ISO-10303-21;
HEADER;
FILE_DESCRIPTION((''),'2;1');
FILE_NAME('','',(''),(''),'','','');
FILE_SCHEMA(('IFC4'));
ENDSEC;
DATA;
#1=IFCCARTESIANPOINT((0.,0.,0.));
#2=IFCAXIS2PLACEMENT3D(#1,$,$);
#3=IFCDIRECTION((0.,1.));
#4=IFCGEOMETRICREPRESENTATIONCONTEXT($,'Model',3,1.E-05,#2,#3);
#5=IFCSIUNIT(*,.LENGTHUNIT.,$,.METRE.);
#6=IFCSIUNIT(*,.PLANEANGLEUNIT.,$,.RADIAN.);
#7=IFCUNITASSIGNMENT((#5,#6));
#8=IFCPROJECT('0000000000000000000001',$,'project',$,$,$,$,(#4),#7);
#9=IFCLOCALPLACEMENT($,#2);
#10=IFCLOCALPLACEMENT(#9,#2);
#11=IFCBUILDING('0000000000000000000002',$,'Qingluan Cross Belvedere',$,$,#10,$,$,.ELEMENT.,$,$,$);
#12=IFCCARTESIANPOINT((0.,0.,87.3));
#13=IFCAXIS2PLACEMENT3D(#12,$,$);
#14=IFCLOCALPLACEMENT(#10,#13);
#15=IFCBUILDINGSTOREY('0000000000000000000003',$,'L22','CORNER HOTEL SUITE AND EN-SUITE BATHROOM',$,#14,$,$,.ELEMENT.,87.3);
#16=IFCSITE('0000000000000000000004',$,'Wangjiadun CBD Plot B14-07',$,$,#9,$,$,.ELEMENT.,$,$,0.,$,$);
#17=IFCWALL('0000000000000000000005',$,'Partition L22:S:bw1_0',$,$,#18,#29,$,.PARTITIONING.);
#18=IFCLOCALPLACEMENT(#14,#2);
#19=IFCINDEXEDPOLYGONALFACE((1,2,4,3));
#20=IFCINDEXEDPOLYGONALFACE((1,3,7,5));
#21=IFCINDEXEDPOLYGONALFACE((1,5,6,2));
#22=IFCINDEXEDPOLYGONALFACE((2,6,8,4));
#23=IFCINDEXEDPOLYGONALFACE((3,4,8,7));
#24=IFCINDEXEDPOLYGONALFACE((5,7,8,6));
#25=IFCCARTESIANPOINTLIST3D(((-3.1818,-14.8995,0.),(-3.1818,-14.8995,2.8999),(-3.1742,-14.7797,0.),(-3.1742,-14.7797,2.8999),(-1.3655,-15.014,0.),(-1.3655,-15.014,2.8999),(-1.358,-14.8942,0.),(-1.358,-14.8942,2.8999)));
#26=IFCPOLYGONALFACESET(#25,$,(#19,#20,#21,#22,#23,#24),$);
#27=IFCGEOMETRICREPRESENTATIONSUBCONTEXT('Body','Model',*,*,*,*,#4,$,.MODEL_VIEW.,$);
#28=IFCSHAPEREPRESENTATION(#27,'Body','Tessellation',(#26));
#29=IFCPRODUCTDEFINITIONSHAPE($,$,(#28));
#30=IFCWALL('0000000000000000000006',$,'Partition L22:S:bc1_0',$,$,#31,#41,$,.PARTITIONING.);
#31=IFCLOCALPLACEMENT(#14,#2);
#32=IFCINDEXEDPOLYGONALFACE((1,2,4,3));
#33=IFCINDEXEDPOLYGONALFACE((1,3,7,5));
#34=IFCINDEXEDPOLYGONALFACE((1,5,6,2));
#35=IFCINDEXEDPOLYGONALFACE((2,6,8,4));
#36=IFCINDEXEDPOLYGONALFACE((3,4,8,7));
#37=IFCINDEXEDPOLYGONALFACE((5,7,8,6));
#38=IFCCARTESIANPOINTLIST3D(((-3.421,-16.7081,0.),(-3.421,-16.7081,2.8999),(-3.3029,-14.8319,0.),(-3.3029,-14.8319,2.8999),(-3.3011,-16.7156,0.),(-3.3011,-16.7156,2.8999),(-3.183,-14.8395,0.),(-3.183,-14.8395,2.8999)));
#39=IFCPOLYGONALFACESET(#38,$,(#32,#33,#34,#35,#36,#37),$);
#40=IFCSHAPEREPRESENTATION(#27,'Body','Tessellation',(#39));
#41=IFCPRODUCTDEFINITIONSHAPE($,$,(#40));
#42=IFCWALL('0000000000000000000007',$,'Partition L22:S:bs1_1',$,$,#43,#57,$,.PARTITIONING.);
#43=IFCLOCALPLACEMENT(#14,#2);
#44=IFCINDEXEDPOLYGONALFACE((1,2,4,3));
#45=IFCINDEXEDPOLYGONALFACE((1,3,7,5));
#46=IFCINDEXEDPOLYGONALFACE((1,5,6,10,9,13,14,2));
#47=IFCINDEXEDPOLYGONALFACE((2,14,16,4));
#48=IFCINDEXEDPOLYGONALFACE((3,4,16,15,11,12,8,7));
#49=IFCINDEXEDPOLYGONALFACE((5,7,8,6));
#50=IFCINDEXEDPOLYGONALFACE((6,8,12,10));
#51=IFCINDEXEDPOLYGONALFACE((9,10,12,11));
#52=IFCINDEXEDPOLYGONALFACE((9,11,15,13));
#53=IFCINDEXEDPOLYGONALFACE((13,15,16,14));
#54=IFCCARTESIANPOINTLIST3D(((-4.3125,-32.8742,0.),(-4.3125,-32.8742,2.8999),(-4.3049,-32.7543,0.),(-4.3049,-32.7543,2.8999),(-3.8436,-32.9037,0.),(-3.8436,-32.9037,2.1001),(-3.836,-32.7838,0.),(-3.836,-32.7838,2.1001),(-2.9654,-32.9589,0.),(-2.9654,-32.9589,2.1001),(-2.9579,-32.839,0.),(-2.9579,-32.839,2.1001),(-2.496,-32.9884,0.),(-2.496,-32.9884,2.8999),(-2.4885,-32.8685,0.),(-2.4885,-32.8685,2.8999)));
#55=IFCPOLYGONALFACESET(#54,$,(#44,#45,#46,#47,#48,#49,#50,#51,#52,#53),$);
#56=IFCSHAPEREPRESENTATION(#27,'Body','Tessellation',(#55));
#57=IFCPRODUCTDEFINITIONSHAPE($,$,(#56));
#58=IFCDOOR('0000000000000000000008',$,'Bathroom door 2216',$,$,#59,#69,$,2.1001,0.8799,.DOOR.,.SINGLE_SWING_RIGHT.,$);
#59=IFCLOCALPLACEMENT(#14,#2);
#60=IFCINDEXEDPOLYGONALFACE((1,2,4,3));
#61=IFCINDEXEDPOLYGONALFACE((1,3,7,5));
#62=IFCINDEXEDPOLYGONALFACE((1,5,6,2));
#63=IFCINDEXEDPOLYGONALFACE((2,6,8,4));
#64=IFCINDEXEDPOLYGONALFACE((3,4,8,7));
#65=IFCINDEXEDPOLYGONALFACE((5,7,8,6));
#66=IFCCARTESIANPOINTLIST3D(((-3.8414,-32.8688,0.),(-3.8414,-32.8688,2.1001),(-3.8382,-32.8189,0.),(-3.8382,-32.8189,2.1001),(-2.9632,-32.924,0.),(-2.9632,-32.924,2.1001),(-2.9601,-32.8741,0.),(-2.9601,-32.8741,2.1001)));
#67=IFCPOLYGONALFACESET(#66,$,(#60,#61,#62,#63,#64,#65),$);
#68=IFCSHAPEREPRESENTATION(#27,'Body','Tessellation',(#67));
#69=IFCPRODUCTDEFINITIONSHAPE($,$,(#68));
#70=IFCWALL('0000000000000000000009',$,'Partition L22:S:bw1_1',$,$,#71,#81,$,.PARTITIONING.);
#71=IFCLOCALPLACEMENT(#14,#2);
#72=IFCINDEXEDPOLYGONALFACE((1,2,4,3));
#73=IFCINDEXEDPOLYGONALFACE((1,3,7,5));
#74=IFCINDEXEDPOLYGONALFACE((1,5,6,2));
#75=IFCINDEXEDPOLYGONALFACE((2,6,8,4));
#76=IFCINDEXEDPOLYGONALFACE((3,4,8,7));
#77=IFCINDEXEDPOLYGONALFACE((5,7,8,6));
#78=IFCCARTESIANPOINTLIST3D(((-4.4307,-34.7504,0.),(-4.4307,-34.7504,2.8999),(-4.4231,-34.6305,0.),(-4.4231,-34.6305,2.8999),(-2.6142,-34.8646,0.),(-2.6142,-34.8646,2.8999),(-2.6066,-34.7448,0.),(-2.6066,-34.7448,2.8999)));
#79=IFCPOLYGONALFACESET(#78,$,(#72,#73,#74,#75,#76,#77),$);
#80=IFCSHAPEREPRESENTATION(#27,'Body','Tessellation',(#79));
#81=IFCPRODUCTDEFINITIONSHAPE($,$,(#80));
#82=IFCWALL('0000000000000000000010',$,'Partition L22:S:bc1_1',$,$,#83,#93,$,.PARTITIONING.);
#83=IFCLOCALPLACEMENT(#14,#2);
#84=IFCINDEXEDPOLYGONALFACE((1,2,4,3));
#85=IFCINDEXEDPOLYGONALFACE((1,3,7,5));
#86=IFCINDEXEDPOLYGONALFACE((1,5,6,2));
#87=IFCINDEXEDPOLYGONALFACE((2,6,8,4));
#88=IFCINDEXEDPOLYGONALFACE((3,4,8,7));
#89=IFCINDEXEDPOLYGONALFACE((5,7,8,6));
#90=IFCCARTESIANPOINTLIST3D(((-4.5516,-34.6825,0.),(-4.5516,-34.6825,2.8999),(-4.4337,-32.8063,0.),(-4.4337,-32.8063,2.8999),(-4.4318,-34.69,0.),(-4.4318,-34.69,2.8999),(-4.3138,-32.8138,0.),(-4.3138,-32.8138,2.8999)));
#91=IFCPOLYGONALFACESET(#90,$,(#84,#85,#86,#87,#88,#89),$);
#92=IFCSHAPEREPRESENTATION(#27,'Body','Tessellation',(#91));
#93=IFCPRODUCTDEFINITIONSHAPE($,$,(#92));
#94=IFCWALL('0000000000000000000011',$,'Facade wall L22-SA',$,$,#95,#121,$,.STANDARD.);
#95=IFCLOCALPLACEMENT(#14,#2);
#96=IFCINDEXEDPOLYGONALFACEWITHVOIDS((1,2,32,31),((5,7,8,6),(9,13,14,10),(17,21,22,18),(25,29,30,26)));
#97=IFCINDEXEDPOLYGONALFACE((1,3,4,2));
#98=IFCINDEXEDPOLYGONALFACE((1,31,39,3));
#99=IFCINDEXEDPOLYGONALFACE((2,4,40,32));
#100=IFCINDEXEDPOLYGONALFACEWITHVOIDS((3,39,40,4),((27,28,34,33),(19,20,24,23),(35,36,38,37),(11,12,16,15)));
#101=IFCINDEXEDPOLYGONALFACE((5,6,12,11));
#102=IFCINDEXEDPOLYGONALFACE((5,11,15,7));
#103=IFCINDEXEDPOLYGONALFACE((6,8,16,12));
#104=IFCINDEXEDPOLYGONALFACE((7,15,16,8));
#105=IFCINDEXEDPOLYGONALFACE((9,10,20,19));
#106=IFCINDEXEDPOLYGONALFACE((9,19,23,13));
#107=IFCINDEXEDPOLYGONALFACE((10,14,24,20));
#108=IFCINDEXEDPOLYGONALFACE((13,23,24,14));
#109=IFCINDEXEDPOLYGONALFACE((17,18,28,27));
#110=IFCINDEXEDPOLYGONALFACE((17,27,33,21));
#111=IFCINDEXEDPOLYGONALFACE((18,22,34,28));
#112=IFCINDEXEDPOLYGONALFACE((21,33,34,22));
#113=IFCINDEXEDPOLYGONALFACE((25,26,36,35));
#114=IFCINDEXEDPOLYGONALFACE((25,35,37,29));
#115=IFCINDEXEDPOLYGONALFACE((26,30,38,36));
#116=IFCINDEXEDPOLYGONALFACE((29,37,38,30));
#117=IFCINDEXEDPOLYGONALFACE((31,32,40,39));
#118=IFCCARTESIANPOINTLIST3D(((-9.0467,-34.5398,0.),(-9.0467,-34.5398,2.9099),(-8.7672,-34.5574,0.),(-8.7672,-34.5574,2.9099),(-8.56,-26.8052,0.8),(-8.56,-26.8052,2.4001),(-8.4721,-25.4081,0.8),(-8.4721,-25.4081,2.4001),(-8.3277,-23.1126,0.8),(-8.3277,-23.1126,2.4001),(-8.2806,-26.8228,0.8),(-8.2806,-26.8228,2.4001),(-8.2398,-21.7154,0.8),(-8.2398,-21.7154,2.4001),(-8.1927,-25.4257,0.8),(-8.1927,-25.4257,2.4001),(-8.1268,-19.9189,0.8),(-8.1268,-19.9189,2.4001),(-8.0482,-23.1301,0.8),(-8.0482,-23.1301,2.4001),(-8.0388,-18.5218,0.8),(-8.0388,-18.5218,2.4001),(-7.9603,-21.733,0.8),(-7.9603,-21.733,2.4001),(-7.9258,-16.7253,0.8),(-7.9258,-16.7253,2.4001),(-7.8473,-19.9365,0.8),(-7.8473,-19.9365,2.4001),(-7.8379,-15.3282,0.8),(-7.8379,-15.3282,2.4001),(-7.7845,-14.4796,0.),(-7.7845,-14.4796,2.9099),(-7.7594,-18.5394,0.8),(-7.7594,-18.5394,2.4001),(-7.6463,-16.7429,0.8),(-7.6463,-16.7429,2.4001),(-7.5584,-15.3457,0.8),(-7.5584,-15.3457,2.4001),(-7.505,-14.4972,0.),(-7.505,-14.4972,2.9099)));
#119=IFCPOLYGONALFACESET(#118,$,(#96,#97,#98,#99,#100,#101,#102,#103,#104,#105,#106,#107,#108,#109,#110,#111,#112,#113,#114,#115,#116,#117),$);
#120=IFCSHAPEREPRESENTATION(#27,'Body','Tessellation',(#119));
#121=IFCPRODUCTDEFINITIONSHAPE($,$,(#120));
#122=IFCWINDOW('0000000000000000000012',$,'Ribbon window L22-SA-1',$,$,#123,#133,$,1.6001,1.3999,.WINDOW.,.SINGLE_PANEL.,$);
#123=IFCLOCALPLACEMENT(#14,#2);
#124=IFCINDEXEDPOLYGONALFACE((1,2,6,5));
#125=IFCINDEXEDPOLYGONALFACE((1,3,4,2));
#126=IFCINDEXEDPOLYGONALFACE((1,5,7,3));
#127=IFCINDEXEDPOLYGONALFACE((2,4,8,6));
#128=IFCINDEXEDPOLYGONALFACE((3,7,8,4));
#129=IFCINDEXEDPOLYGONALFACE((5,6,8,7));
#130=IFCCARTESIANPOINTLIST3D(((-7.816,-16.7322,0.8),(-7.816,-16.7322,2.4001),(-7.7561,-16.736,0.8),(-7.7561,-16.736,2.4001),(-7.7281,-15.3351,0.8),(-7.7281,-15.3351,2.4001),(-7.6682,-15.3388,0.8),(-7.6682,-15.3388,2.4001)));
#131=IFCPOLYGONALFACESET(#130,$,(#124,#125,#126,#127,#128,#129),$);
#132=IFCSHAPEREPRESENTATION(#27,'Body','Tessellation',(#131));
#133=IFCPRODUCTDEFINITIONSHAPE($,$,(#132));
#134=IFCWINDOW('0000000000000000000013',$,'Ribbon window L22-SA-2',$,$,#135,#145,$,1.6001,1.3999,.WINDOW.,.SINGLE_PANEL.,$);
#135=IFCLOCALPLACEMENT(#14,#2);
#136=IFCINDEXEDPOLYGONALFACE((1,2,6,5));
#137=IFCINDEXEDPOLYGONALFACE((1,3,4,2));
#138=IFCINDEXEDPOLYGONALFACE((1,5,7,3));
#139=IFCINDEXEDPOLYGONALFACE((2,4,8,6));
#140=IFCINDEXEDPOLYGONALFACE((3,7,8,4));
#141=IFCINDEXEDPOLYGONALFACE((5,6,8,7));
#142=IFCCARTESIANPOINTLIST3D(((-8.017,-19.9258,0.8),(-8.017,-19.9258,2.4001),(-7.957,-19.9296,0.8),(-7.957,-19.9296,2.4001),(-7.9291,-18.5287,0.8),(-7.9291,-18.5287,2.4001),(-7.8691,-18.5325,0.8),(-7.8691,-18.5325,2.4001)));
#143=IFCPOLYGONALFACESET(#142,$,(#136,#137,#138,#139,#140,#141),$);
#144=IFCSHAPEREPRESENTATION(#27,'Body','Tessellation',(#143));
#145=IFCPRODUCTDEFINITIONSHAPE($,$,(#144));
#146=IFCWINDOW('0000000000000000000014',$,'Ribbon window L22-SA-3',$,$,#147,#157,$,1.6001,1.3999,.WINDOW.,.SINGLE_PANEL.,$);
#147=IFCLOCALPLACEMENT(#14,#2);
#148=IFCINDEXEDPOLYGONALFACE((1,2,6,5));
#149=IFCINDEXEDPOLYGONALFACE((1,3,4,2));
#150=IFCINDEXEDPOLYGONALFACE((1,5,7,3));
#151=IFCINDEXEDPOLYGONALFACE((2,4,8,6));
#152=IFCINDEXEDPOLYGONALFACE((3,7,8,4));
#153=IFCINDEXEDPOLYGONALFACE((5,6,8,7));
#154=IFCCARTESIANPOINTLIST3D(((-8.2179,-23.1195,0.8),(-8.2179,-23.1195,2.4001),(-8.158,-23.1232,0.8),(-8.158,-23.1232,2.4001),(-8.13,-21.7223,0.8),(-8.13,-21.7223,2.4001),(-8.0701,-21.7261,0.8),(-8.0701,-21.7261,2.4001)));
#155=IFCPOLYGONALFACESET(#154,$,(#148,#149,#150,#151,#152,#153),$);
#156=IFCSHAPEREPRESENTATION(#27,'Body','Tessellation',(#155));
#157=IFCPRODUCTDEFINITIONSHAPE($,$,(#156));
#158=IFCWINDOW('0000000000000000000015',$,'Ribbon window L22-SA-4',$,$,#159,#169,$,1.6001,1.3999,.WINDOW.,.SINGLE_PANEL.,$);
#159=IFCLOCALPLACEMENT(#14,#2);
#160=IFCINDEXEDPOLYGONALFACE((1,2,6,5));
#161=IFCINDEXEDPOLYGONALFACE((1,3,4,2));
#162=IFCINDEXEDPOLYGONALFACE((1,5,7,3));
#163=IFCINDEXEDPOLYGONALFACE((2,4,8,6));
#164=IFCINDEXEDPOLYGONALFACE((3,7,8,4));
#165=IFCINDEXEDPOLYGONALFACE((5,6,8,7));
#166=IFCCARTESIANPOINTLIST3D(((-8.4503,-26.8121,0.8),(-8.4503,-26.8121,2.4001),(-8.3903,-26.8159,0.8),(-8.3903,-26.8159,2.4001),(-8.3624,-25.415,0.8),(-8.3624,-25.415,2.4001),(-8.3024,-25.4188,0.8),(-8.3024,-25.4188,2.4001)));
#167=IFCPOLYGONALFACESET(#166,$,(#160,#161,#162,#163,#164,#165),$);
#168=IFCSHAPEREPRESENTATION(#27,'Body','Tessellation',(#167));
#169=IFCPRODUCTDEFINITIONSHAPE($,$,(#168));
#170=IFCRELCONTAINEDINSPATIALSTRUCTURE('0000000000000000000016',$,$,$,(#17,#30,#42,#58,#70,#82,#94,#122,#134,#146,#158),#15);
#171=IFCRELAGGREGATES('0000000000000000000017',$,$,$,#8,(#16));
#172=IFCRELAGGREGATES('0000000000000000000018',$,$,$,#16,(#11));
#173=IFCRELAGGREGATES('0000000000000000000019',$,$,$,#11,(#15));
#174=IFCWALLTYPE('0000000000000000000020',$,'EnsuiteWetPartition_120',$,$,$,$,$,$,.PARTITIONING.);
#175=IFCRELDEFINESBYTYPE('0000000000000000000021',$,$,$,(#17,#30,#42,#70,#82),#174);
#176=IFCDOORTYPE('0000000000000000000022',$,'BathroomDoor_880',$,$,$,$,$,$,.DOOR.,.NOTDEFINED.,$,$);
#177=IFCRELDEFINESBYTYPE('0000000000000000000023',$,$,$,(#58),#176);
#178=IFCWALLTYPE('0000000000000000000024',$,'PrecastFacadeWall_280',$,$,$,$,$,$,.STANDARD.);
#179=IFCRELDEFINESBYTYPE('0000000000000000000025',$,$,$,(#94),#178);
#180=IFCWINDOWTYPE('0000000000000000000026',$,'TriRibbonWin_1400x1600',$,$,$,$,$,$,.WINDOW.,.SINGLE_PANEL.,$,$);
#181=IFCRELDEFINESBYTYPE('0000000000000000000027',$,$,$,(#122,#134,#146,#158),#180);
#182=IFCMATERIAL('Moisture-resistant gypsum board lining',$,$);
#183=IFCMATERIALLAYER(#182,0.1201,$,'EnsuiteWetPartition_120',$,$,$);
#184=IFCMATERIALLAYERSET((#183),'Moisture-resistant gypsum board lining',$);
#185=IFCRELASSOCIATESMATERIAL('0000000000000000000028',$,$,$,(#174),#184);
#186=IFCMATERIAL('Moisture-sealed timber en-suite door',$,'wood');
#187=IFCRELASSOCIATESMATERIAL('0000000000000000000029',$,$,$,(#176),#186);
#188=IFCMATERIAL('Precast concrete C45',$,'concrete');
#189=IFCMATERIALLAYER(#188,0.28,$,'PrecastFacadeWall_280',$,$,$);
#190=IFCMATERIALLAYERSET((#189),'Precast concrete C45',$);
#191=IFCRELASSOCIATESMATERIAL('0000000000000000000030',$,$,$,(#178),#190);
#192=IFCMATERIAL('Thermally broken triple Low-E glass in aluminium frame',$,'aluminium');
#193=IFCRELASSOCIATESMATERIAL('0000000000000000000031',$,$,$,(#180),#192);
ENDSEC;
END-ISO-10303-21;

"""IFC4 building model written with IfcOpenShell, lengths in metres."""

from ifc_helpers import new_model, si_unit, direction, frame, frame_2d, origin, place, context, subcontext, project, spatial, rectangle, extrude, material, layer, layer_set, type_object, element, fill, save


model = new_model("IFC4")

# Units and contexts
model_context = context("Model", 3, precision=1e-05, world=origin(), true_north=direction((0.0, 1.0)))
body_context = subcontext(model_context, "Body", "Model", "MODEL_VIEW")
ifc_project = project(units=[si_unit("LENGTHUNIT", "METRE"), si_unit("PLANEANGLEUNIT", "RADIAN")], contexts=[model_context])

# Site, building, storey
site_placement = place(None, origin())
site = spatial("IfcSite", under=ifc_project, at=site_placement, Name="Wangjiadun CBD Plot B14-07", CompositionType="ELEMENT", RefElevation=0.0)
building_placement = place(site_placement, origin())
building = spatial("IfcBuilding", under=site, at=building_placement, Name="Qingluan Cross Belvedere", CompositionType="ELEMENT")
storey_placement = place(building_placement, frame((0.0, 0.0, 87.3)))
storey = spatial("IfcBuildingStorey", under=building, at=storey_placement, Name="L22", Description="CORNER HOTEL SUITE AND EN-SUITE BATHROOM", CompositionType="ELEMENT", Elevation=87.3)

# Shared definitions
ifc_material_1 = material(Name="Moisture-resistant gypsum board lining")
ifc_layer_1 = layer(ifc_material_1, 0.1201, Name="EnsuiteWetPartition_120")
ifc_layer_set_1 = layer_set([ifc_layer_1], Name="Moisture-resistant gypsum board lining")
wall_type_1 = type_object("IfcWallType", Name="EnsuiteWetPartition_120", PredefinedType="PARTITIONING", material=ifc_layer_set_1)
ifc_material_2 = material(Name="Moisture-sealed timber en-suite door", Category="wood")
door_type_1 = type_object("IfcDoorType", Name="BathroomDoor_880", OperationType="NOTDEFINED", PredefinedType="DOOR", material=ifc_material_2)

# Walls
wall_1_placement = place(storey_placement, frame((-3.178, -14.8396, 0.0), z_axis=(0.0, 0.0, 1.0), x_axis=(0.998018, -0.062921, 0.0)))
element("IfcWall", 1, at=wall_1_placement, inside=storey, type_object=wall_type_1, Name="Partition L22:S:bw1_0", PredefinedType="PARTITIONING", context=body_context, shape_type="SweptSolid", body=[
    extrude(rectangle(XDim=1.8198, YDim=0.1201, at=frame_2d((0.9099, 0.0))), origin(), (0.0, 0.0, 1.0), 2.8999),
])
wall_2_placement = place(storey_placement, frame((-3.2429, -14.8357, 0.0), z_axis=(0.0, 0.0, 1.0), x_axis=(-0.062855, -0.998023, 0.0)))
element("IfcWall", 2, at=wall_2_placement, inside=storey, type_object=wall_type_1, Name="Partition L22:S:bc1_0", PredefinedType="PARTITIONING", context=body_context, shape_type="SweptSolid", body=[
    extrude(rectangle(XDim=1.8799, YDim=0.1201, at=frame_2d((0.9399, 0.0))), origin(), (0.0, 0.0, 1.0), 2.8999),
])

# Wall, opening, door
wall_3_placement = place(storey_placement, frame((-4.3088, -32.8142, 0.0), z_axis=(0.0, 0.0, 1.0), x_axis=(0.998027, -0.062779, 0.0)))
wall_3 = element("IfcWall", 3, at=wall_3_placement, inside=storey, type_object=wall_type_1, Name="Partition L22:S:bs1_1", PredefinedType="PARTITIONING", context=body_context, shape_type="SweptSolid", body=[
    extrude(rectangle(XDim=1.8201, YDim=0.1201, at=frame_2d((0.9102, 0.0))), origin(), (0.0, 0.0, 1.0), 2.8999),
])
opening_1_placement = place(wall_3_placement, frame((0.47, 0.0, 0.0)))
opening_1 = element("IfcOpeningElement", 4, at=opening_1_placement, cuts=wall_3, PredefinedType="OPENING", context=body_context, shape_type="SweptSolid", body=[
    extrude(rectangle(XDim=0.8799, YDim=2.1001, at=frame_2d((0.4399, 1.05))), frame((0.0, 0.0701, 0.0), z_axis=(0.0, -1.0, 0.0), x_axis=(1.0, 0.0, 0.0)), (0.0, 0.0, 1.0), 0.1401),
])
door_1_placement = place(opening_1_placement, origin())
door_1 = element("IfcDoor", 5, at=door_1_placement, inside=storey, type_object=door_type_1, Name="Bathroom door 2216", OperationType="SINGLE_SWING_RIGHT", OverallHeight=2.1001, OverallWidth=0.8799, PredefinedType="DOOR", context=body_context, shape_type="SweptSolid", body=[
    extrude(rectangle(XDim=0.8799, YDim=2.1001, at=frame_2d((0.4399, 1.05))), frame((0.0, 0.0249, 0.0), z_axis=(0.0, -1.0, 0.0), x_axis=(1.0, 0.0, 0.0)), (0.0, 0.0, 1.0), 0.05),
])
fill(opening_1, door_1)

# Walls
wall_4_placement = place(storey_placement, frame((-4.427, -34.6904, 0.0), z_axis=(0.0, 0.0, 1.0), x_axis=(0.998027, -0.062779, 0.0)))
element("IfcWall", 6, at=wall_4_placement, inside=storey, type_object=wall_type_1, Name="Partition L22:S:bw1_1", PredefinedType="PARTITIONING", context=body_context, shape_type="SweptSolid", body=[
    extrude(rectangle(XDim=1.8201, YDim=0.1201, at=frame_2d((0.9102, 0.0))), origin(), (0.0, 0.0, 1.0), 2.8999),
])
wall_5_placement = place(storey_placement, frame((-4.3738, -32.8101, 0.0), z_axis=(0.0, 0.0, 1.0), x_axis=(-0.062726, -0.998031, 0.0)))
element("IfcWall", 7, at=wall_5_placement, inside=storey, type_object=wall_type_1, Name="Partition L22:S:bc1_1", PredefinedType="PARTITIONING", context=body_context, shape_type="SweptSolid", body=[
    extrude(rectangle(XDim=1.8799, YDim=0.1201, at=frame_2d((0.9399, 0.0))), origin(), (0.0, 0.0, 1.0), 2.8999),
])

# Wall, openings, windows
ifc_material_3 = material(Name="Precast concrete C45", Category="concrete")
ifc_layer_2 = layer(ifc_material_3, 0.28, Name="PrecastFacadeWall_280")
ifc_layer_set_2 = layer_set([ifc_layer_2], Name="Precast concrete C45")
wall_type_2 = type_object("IfcWallType", Name="PrecastFacadeWall_280", PredefinedType="STANDARD", material=ifc_layer_set_2)
wall_6_placement = place(storey_placement, frame((-7.6448, -14.4885, 0.0), z_axis=(0.0, 0.0, 1.0), x_axis=(-0.062796, -0.998026, 0.0)))
wall_6 = element("IfcWall", 8, at=wall_6_placement, inside=storey, type_object=wall_type_2, Name="Facade wall L22-SA", PredefinedType="STANDARD", context=body_context, shape_type="SweptSolid", body=[
    extrude(rectangle(XDim=20.0999, YDim=0.28, at=frame_2d((10.0498, 0.0))), origin(), (0.0, 0.0, 1.0), 2.9099),
])
opening_2_placement = place(wall_6_placement, frame((0.8501, 0.0, 0.8)))
opening_2 = element("IfcOpeningElement", 9, at=opening_2_placement, cuts=wall_6, PredefinedType="OPENING", context=body_context, shape_type="SweptSolid", body=[
    extrude(rectangle(XDim=1.3999, YDim=1.6001, at=frame_2d((0.7, 0.8))), frame((0.0, 0.1499, 0.0), z_axis=(0.0, -1.0, 0.0), x_axis=(1.0, 0.0, 0.0)), (0.0, 0.0, 1.0), 0.3),
])
opening_3_placement = place(wall_6_placement, frame((4.05, 0.0, 0.8)))
opening_3 = element("IfcOpeningElement", 10, at=opening_3_placement, cuts=wall_6, PredefinedType="OPENING", context=body_context, shape_type="SweptSolid", body=[
    extrude(rectangle(XDim=1.3999, YDim=1.6001, at=frame_2d((0.7, 0.8))), frame((0.0, 0.1499, 0.0), z_axis=(0.0, -1.0, 0.0), x_axis=(1.0, 0.0, 0.0)), (0.0, 0.0, 1.0), 0.3),
])
opening_4_placement = place(wall_6_placement, frame((7.25, 0.0, 0.8)))
opening_4 = element("IfcOpeningElement", 11, at=opening_4_placement, cuts=wall_6, PredefinedType="OPENING", context=body_context, shape_type="SweptSolid", body=[
    extrude(rectangle(XDim=1.3999, YDim=1.6001, at=frame_2d((0.7, 0.8))), frame((0.0, 0.1499, 0.0), z_axis=(0.0, -1.0, 0.0), x_axis=(1.0, 0.0, 0.0)), (0.0, 0.0, 1.0), 0.3),
])
opening_5_placement = place(wall_6_placement, frame((10.95, 0.0, 0.8)))
opening_5 = element("IfcOpeningElement", 12, at=opening_5_placement, cuts=wall_6, PredefinedType="OPENING", context=body_context, shape_type="SweptSolid", body=[
    extrude(rectangle(XDim=1.3999, YDim=1.6001, at=frame_2d((0.7, 0.8))), frame((0.0, 0.1499, 0.0), z_axis=(0.0, -1.0, 0.0), x_axis=(1.0, 0.0, 0.0)), (0.0, 0.0, 1.0), 0.3),
])
ifc_material_4 = material(Name="Thermally broken triple Low-E glass in aluminium frame", Category="aluminium")
window_type_1 = type_object("IfcWindowType", Name="TriRibbonWin_1400x1600", PartitioningType="SINGLE_PANEL", PredefinedType="WINDOW", material=ifc_material_4)
window_1_placement = place(opening_2_placement, origin())
window_1 = element("IfcWindow", 13, at=window_1_placement, inside=storey, type_object=window_type_1, Name="Ribbon window L22-SA-1", OverallHeight=1.6001, OverallWidth=1.3999, PartitioningType="SINGLE_PANEL", PredefinedType="WINDOW", context=body_context, shape_type="SweptSolid", body=[
    extrude(rectangle(XDim=1.3999, YDim=1.6001, at=frame_2d((0.7, 0.8))), frame((0.0, 0.03, 0.0), z_axis=(0.0, -1.0, 0.0), x_axis=(1.0, 0.0, 0.0)), (0.0, 0.0, 1.0), 0.0601),
])
fill(opening_2, window_1)
window_2_placement = place(opening_3_placement, origin())
window_2 = element("IfcWindow", 14, at=window_2_placement, inside=storey, type_object=window_type_1, Name="Ribbon window L22-SA-2", OverallHeight=1.6001, OverallWidth=1.3999, PartitioningType="SINGLE_PANEL", PredefinedType="WINDOW", context=body_context, shape_type="SweptSolid", body=[
    extrude(rectangle(XDim=1.3999, YDim=1.6001, at=frame_2d((0.7, 0.8))), frame((0.0, 0.03, 0.0), z_axis=(0.0, -1.0, 0.0), x_axis=(1.0, 0.0, 0.0)), (0.0, 0.0, 1.0), 0.0601),
])
fill(opening_3, window_2)
window_3_placement = place(opening_4_placement, origin())
window_3 = element("IfcWindow", 15, at=window_3_placement, inside=storey, type_object=window_type_1, Name="Ribbon window L22-SA-3", OverallHeight=1.6001, OverallWidth=1.3999, PartitioningType="SINGLE_PANEL", PredefinedType="WINDOW", context=body_context, shape_type="SweptSolid", body=[
    extrude(rectangle(XDim=1.3999, YDim=1.6001, at=frame_2d((0.7, 0.8))), frame((0.0, 0.03, 0.0), z_axis=(0.0, -1.0, 0.0), x_axis=(1.0, 0.0, 0.0)), (0.0, 0.0, 1.0), 0.0601),
])
fill(opening_4, window_3)
window_4_placement = place(opening_5_placement, origin())
window_4 = element("IfcWindow", 16, at=window_4_placement, inside=storey, type_object=window_type_1, Name="Ribbon window L22-SA-4", OverallHeight=1.6001, OverallWidth=1.3999, PartitioningType="SINGLE_PANEL", PredefinedType="WINDOW", context=body_context, shape_type="SweptSolid", body=[
    extrude(rectangle(XDim=1.3999, YDim=1.6001, at=frame_2d((0.7, 0.8))), frame((0.0, 0.03, 0.0), z_axis=(0.0, -1.0, 0.0), x_axis=(1.0, 0.0, 0.0)), (0.0, 0.0, 1.0), 0.0601),
])
fill(opening_5, window_4)

save(model, "model.ifc")
